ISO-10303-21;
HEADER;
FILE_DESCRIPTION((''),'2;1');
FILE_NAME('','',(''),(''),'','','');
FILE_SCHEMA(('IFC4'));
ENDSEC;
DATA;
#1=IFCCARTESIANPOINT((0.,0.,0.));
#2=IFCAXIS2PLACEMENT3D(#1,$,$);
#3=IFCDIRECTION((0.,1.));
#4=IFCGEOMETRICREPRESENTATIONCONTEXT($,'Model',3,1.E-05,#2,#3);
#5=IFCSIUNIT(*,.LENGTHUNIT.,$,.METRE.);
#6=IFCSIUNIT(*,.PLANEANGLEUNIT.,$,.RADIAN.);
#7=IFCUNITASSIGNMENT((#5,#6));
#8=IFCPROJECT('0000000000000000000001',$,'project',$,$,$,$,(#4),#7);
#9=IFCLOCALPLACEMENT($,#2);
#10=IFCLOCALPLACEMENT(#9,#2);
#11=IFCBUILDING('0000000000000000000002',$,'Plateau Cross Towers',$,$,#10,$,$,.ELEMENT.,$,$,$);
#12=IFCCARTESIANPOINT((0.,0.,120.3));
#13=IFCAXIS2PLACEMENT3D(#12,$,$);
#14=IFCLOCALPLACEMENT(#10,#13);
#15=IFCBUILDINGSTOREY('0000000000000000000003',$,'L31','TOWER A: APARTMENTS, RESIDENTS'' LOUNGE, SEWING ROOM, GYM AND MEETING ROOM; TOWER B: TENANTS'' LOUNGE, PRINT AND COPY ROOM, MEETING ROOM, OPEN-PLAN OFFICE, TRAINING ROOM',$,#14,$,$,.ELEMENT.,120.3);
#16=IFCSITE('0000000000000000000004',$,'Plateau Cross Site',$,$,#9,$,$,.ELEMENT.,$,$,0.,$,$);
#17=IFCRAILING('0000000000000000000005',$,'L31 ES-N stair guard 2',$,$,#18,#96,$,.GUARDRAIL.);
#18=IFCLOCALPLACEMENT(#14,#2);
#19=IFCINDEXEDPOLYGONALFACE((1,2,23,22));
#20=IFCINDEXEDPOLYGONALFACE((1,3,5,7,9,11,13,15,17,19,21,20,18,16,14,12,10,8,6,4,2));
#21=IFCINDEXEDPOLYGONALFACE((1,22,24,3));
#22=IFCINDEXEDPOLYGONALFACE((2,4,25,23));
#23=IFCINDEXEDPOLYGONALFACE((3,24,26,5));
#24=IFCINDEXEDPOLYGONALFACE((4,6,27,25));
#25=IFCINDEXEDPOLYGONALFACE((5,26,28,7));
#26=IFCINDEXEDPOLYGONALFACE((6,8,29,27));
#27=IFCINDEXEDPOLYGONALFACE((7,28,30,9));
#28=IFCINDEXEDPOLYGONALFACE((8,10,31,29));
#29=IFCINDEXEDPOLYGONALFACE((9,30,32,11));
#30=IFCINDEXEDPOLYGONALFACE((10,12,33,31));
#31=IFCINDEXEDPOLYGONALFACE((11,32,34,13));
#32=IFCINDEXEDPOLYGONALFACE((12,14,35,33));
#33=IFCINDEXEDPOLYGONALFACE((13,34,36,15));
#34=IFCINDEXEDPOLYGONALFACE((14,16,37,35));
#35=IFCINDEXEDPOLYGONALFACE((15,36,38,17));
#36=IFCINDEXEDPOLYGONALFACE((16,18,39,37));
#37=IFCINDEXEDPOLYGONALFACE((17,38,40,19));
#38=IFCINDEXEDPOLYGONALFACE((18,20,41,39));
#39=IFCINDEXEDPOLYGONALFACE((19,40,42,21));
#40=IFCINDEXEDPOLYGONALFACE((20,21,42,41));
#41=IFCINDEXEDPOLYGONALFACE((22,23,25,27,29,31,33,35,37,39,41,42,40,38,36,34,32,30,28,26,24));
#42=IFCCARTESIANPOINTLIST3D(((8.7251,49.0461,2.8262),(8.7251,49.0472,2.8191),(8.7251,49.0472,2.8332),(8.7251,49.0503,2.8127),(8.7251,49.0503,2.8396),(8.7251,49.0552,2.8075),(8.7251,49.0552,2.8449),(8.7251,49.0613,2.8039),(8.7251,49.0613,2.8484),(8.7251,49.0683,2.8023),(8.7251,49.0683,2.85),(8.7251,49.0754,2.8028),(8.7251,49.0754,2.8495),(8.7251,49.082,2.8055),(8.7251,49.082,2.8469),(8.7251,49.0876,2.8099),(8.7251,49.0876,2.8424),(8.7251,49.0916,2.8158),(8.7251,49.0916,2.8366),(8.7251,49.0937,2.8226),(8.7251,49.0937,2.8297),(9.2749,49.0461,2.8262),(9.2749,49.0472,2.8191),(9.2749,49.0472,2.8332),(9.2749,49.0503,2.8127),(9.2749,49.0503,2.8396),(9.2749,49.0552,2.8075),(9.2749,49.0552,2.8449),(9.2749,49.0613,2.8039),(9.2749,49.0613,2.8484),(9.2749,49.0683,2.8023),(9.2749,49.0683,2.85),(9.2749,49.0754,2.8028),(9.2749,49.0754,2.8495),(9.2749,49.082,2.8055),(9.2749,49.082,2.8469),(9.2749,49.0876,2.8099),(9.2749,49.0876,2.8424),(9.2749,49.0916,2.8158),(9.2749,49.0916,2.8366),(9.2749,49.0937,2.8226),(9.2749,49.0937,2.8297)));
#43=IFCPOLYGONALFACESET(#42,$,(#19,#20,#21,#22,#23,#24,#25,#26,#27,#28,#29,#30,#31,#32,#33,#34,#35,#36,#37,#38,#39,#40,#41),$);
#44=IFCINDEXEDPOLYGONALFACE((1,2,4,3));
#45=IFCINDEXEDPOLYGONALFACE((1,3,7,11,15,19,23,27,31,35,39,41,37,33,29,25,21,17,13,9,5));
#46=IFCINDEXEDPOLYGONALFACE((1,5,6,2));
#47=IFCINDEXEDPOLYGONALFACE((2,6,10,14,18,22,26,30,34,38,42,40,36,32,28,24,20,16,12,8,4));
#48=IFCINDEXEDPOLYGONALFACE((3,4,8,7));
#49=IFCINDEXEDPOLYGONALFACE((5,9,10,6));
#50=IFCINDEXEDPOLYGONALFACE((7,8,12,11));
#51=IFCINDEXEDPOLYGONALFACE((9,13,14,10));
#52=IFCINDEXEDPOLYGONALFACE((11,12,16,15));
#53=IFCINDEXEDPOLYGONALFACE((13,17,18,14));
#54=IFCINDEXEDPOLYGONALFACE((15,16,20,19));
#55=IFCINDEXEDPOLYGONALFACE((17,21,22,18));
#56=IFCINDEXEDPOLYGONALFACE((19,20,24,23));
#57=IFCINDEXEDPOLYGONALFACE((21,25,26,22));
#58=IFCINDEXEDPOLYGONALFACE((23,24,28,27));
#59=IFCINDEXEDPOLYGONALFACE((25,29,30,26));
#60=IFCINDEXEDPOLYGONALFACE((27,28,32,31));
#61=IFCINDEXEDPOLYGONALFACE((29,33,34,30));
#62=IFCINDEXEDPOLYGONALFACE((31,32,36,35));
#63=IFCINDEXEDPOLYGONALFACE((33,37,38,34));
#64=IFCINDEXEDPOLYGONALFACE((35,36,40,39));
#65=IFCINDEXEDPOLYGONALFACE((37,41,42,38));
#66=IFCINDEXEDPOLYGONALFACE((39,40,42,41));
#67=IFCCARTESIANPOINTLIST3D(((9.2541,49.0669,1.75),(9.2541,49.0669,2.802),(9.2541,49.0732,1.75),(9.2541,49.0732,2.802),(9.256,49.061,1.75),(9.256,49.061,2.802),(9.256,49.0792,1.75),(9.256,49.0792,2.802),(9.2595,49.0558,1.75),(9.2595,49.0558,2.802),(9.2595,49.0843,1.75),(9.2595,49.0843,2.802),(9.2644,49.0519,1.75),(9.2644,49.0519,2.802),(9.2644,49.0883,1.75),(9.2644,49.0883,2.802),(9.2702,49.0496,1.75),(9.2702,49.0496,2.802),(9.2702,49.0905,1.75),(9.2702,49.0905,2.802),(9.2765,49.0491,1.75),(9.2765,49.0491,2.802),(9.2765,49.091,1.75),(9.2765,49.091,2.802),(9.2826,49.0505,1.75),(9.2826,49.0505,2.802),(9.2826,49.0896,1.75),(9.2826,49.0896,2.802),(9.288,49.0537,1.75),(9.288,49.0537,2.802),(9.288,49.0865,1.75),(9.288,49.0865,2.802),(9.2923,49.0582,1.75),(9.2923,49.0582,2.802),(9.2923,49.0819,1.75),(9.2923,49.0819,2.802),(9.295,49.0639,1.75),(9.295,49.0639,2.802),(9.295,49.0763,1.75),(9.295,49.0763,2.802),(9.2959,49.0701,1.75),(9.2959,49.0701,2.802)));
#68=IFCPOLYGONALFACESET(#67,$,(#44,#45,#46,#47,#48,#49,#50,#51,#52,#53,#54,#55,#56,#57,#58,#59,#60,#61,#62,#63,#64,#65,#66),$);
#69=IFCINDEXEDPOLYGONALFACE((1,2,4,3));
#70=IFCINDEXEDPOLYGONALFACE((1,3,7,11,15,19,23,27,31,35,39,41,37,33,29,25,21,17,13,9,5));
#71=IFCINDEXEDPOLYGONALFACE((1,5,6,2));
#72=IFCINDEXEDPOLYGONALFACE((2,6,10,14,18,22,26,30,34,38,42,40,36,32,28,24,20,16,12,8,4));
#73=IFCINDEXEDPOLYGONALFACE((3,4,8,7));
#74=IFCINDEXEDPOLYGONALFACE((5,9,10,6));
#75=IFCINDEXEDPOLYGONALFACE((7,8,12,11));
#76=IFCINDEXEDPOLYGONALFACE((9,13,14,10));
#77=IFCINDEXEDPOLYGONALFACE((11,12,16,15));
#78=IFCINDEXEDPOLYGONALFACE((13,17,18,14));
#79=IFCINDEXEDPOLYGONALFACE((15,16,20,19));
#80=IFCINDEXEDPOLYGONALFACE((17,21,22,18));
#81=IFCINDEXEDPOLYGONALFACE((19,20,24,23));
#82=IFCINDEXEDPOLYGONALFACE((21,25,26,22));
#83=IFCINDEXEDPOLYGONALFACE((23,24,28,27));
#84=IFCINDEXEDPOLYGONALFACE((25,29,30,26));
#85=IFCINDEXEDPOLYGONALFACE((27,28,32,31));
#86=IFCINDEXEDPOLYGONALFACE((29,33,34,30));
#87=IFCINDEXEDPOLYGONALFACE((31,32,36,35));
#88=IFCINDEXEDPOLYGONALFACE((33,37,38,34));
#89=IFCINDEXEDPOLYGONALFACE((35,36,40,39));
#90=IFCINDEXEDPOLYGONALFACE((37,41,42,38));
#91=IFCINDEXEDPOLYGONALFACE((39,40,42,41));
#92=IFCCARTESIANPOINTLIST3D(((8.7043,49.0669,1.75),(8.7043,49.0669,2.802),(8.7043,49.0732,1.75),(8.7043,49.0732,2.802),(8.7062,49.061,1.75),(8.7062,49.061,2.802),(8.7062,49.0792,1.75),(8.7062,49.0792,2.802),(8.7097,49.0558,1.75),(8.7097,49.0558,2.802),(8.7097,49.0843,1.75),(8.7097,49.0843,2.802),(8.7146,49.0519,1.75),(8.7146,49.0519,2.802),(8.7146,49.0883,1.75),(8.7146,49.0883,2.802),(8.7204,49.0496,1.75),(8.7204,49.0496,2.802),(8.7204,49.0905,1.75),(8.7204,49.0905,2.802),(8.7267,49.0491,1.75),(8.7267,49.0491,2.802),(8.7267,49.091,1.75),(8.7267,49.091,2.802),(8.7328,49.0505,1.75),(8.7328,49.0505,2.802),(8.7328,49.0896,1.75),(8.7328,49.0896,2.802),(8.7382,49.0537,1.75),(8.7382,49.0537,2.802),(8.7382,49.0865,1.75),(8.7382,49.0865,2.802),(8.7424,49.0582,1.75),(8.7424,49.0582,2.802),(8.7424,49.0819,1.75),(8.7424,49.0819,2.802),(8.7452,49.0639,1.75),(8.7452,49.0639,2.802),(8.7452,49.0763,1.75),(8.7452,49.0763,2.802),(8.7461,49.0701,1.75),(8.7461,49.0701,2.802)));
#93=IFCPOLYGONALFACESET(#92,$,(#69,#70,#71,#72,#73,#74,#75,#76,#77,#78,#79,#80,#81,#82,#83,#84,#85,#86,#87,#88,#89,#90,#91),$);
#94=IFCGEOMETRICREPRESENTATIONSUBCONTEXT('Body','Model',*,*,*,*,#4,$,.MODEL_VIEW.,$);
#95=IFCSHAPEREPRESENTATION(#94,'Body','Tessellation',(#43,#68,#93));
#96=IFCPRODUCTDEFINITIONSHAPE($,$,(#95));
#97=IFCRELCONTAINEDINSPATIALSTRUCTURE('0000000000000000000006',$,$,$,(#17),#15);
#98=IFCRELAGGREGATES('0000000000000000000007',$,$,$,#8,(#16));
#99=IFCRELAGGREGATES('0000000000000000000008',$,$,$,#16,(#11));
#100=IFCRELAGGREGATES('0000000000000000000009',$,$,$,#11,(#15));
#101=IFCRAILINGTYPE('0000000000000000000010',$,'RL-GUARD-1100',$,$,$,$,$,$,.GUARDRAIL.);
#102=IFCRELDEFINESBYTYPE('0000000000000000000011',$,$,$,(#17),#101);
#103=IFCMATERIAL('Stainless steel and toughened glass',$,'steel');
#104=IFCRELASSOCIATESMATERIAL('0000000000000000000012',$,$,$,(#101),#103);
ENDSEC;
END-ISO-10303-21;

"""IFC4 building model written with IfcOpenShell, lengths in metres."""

from ifc_helpers import new_model, si_unit, direction, frame, origin, origin_2d, place, context, subcontext, project, spatial, circle, extrude, material, type_object, element, save


model = new_model("IFC4")

# Units and contexts
model_context = context("Model", 3, precision=1e-05, world=origin(), true_north=direction((0.0, 1.0)))
body_context = subcontext(model_context, "Body", "Model", "MODEL_VIEW")
ifc_project = project(units=[si_unit("LENGTHUNIT", "METRE"), si_unit("PLANEANGLEUNIT", "RADIAN")], contexts=[model_context])

# Site, building, storey
site_placement = place(None, origin())
site = spatial("IfcSite", under=ifc_project, at=site_placement, Name="Plateau Cross Site", CompositionType="ELEMENT", RefElevation=0.0)
building_placement = place(site_placement, origin())
building = spatial("IfcBuilding", under=site, at=building_placement, Name="Plateau Cross Towers", CompositionType="ELEMENT")
storey_placement = place(building_placement, frame((0.0, 0.0, 120.3)))
storey = spatial("IfcBuildingStorey", under=building, at=storey_placement, Name="L31", Description="TOWER A: APARTMENTS, RESIDENTS' LOUNGE, SEWING ROOM, GYM AND MEETING ROOM; TOWER B: TENANTS' LOUNGE, PRINT AND COPY ROOM, MEETING ROOM, OPEN-PLAN OFFICE, TRAINING ROOM", CompositionType="ELEMENT", Elevation=120.3)

# Railing
ifc_material_1 = material(Name="Stainless steel and toughened glass", Category="steel")
railing_type_1 = type_object("IfcRailingType", Name="RL-GUARD-1100", PredefinedType="GUARDRAIL", material=ifc_material_1)
railing_1_placement = place(storey_placement, frame((9.2749, 49.0701, 1.75)))
element("IfcRailing", 1, at=railing_1_placement, inside=storey, type_object=railing_type_1, Name="L31 ES-N stair guard 2", PredefinedType="GUARDRAIL", context=body_context, shape_type="SweptSolid", body=[
    extrude(circle(Radius=0.0239, at=origin_2d()), frame((0.0, 0.0, 1.0762), z_axis=(-1.0, 0.0, 0.0), x_axis=(0.0, -1.0, 0.0)), (0.0, 0.0, 1.0), 0.5498),
    extrude(circle(Radius=0.021, at=origin_2d()), origin(), (0.0, 0.0, 1.0), 1.052),
    extrude(circle(Radius=0.021, at=origin_2d()), frame((-0.5498, 0.0, 0.0)), (0.0, 0.0, 1.0), 1.052),
])

save(model, "model.ifc")
